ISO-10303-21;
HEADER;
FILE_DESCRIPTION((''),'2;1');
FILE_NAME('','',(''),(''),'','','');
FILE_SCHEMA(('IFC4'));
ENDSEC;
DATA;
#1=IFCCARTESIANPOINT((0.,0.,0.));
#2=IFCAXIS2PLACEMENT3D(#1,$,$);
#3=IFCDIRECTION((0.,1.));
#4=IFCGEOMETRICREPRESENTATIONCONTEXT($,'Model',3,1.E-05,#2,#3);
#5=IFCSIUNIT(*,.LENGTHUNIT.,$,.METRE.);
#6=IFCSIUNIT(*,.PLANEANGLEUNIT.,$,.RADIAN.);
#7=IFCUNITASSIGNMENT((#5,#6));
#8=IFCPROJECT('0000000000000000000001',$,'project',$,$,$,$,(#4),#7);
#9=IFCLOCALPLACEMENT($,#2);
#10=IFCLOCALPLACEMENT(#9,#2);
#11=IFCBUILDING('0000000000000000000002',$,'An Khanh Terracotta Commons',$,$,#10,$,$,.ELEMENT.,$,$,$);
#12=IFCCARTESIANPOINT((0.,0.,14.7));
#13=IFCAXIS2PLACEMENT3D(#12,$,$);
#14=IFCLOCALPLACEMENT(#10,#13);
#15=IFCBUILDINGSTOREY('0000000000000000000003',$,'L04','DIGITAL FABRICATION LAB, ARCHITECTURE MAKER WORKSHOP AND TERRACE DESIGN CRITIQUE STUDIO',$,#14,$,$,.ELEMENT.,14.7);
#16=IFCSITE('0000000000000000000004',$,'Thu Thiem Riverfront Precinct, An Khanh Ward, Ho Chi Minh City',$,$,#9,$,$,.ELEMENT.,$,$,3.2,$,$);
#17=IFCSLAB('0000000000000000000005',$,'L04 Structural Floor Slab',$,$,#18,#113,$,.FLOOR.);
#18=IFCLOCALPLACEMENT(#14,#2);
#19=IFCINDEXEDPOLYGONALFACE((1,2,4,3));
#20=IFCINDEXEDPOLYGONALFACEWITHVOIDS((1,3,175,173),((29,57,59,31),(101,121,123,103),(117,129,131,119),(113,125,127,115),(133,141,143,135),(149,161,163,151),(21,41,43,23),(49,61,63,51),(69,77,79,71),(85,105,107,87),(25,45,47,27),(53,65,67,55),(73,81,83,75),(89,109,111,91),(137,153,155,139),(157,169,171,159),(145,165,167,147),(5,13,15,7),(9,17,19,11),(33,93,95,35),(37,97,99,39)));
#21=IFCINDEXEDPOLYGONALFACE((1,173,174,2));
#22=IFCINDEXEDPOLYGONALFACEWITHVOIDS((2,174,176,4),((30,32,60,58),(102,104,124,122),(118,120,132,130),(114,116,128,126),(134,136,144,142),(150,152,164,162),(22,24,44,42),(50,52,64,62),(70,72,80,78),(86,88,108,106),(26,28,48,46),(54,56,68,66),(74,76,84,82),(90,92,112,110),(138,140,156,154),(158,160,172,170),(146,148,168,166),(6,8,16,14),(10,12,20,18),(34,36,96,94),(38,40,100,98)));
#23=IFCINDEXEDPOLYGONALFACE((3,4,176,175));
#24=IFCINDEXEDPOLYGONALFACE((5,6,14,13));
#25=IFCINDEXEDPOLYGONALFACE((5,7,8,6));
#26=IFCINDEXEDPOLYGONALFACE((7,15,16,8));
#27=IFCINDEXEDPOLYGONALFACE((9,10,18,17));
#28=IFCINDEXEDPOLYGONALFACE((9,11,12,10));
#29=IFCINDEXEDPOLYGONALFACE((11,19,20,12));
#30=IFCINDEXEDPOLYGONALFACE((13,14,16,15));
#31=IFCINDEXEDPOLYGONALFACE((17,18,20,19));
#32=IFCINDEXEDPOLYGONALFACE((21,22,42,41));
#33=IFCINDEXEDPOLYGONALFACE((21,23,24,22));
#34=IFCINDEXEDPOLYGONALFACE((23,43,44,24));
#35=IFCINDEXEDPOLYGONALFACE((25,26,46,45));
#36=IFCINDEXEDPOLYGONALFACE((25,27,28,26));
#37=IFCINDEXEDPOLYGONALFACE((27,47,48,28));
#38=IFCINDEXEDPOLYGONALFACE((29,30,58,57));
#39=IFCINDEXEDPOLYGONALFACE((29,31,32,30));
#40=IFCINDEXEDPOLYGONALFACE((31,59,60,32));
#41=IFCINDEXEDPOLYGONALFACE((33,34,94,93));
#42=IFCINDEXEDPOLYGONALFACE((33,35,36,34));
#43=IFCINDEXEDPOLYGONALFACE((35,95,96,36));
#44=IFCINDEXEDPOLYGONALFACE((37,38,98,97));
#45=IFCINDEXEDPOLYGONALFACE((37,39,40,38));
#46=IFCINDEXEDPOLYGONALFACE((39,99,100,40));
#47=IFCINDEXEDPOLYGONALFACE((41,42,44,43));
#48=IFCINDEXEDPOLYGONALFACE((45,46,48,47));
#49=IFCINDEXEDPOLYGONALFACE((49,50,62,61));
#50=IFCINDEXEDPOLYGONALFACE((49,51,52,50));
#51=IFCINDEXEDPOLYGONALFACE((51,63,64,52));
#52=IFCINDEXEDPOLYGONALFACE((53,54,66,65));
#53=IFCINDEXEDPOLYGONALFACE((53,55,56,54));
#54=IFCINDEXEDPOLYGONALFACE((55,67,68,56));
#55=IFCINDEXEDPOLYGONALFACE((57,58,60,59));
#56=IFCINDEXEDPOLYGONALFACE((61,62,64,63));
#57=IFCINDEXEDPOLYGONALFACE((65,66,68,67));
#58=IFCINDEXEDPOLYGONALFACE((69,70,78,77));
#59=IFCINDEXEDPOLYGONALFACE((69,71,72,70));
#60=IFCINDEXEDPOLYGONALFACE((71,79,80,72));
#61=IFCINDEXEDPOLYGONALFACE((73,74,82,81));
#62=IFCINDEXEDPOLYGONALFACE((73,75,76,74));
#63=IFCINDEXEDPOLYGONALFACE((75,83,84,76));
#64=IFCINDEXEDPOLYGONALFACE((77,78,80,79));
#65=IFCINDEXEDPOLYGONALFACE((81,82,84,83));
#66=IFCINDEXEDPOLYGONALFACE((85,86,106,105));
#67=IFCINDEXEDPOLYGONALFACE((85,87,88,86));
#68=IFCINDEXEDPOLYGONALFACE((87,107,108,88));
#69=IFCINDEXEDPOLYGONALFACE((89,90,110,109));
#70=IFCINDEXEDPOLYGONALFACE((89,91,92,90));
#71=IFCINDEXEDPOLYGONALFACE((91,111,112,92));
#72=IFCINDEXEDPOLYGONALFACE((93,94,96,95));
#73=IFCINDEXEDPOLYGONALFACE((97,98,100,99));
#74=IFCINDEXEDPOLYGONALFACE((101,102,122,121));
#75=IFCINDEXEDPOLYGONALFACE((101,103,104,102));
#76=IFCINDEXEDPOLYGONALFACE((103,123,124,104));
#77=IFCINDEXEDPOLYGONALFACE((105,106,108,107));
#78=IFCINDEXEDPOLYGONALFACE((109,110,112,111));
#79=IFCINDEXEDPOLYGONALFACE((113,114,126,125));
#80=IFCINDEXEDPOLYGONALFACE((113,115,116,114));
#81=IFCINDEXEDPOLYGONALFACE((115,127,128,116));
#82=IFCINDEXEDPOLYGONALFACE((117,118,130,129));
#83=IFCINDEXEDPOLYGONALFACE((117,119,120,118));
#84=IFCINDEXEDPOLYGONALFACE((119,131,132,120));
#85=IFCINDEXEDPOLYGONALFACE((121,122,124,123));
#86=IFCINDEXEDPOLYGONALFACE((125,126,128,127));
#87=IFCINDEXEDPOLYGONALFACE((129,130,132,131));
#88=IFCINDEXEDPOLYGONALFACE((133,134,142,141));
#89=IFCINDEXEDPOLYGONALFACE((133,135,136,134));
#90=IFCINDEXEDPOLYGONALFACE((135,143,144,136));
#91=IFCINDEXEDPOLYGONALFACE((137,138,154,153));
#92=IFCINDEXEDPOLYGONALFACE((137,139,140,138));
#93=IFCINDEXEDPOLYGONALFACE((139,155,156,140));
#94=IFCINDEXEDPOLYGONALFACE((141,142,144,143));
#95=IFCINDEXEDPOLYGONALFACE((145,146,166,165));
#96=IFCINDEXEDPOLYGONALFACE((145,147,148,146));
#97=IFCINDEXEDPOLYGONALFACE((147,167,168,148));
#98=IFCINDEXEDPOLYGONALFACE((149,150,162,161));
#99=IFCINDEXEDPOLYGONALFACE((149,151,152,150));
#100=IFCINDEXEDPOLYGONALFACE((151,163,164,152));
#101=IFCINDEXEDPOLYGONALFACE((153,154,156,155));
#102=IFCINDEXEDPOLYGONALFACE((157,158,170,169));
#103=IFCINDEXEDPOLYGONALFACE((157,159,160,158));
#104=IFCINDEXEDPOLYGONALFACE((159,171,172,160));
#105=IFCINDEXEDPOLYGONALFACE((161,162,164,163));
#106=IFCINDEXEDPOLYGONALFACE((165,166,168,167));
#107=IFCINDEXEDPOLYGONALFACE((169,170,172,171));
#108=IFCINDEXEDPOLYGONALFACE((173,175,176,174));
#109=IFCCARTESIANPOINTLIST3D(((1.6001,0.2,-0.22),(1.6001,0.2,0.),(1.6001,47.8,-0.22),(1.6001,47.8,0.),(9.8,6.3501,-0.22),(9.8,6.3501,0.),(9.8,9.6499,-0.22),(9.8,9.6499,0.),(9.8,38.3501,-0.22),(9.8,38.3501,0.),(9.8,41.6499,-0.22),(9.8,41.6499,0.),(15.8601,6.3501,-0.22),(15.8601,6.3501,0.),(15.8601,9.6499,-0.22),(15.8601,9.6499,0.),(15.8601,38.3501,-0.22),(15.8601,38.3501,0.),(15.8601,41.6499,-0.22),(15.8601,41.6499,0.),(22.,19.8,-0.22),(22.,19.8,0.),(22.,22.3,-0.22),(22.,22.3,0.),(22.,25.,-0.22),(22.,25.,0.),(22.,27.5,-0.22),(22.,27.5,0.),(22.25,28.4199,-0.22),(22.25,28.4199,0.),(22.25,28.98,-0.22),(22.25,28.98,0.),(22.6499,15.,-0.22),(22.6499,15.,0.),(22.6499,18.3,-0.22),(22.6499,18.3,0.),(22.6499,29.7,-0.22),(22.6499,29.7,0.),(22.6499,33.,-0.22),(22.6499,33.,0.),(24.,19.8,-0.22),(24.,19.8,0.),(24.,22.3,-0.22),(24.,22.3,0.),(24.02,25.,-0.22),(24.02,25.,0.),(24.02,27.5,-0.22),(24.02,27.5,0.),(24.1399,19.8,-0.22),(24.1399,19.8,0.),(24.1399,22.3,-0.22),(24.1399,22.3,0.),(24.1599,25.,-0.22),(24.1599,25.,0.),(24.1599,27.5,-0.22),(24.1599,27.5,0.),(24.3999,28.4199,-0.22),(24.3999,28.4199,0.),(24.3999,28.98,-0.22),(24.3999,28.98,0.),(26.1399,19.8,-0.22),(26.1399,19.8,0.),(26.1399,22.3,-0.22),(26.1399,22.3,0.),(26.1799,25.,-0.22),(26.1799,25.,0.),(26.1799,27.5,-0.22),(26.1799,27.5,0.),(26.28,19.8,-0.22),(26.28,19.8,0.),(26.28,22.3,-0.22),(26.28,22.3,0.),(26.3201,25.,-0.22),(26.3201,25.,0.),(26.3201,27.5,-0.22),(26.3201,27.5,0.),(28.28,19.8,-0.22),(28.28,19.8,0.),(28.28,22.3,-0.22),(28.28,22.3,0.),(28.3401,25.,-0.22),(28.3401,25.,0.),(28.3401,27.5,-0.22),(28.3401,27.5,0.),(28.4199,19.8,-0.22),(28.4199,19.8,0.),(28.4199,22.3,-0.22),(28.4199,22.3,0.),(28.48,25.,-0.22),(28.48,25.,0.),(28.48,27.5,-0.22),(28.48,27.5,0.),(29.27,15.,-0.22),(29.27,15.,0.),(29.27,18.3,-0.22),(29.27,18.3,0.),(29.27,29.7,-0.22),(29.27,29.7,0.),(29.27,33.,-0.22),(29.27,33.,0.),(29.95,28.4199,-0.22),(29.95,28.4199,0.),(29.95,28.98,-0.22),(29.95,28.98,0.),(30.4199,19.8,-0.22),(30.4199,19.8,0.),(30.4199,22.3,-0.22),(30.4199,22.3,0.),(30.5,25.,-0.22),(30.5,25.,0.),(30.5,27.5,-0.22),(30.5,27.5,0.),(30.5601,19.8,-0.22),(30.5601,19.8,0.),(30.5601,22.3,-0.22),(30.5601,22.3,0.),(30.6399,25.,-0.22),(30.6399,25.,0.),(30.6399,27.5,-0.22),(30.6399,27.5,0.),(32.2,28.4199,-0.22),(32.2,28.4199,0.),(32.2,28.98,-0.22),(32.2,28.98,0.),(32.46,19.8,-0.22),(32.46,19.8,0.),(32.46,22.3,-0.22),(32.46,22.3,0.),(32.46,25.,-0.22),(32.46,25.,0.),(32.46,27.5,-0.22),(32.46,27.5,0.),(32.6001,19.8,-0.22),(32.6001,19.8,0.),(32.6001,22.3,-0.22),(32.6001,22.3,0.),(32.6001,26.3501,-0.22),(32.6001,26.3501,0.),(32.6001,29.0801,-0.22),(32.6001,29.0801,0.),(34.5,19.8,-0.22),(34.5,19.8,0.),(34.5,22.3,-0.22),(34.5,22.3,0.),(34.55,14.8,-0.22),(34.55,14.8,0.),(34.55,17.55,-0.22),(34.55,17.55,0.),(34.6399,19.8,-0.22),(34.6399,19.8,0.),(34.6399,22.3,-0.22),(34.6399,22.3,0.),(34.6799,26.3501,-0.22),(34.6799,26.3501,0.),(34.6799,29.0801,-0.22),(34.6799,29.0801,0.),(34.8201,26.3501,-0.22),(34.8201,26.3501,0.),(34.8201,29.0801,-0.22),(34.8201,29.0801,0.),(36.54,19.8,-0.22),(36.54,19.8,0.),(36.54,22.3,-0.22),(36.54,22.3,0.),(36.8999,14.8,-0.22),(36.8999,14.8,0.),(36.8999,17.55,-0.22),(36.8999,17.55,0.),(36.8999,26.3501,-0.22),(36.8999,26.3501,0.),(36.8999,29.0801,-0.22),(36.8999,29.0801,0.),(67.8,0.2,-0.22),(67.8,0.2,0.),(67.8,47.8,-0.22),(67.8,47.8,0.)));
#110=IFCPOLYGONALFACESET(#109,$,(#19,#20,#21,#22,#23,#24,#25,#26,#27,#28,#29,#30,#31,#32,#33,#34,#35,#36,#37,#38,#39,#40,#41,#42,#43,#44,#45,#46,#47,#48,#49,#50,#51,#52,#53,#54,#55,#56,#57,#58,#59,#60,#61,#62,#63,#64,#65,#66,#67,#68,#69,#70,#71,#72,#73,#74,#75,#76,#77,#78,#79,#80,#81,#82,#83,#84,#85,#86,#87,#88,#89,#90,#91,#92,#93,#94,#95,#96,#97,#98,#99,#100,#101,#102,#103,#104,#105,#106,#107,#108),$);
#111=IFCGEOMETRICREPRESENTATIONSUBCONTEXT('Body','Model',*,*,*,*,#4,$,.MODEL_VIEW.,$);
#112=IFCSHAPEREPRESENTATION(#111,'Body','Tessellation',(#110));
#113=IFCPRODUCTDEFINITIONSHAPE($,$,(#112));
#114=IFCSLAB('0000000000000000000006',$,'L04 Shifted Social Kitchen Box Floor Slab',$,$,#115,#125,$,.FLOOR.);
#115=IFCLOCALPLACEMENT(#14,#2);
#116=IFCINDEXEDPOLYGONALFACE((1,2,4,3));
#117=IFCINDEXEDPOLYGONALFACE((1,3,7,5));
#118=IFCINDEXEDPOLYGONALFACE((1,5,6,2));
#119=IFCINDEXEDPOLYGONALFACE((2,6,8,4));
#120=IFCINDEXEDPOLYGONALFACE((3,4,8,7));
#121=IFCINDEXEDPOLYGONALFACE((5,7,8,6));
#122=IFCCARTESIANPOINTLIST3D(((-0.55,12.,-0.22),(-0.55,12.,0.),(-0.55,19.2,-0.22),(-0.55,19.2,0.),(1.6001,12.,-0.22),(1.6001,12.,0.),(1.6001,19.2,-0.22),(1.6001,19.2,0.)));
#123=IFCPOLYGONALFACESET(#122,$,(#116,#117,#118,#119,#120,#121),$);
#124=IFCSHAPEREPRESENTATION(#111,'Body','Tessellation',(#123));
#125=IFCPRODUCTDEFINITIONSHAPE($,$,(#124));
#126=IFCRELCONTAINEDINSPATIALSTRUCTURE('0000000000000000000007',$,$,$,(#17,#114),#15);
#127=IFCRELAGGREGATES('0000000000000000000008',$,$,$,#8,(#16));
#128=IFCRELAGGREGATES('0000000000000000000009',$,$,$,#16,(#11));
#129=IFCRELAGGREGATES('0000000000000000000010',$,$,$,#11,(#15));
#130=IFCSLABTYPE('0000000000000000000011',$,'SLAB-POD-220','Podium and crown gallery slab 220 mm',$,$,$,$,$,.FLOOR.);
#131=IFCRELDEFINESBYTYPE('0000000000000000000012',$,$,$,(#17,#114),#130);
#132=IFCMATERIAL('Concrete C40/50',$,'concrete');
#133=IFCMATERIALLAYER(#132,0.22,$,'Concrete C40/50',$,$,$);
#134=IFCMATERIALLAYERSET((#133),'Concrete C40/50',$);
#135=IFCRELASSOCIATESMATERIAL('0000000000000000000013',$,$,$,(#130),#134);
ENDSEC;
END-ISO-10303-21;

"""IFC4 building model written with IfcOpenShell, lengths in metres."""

from ifc_helpers import new_model, si_unit, direction, frame, origin, place, context, subcontext, project, spatial, polyline, outline, extrude, material, layer, layer_set, type_object, element, save


model = new_model("IFC4")

# Units and contexts
model_context = context("Model", 3, precision=1e-05, world=origin(), true_north=direction((0.0, 1.0)))
body_context = subcontext(model_context, "Body", "Model", "MODEL_VIEW")
ifc_project = project(units=[si_unit("LENGTHUNIT", "METRE"), si_unit("PLANEANGLEUNIT", "RADIAN")], contexts=[model_context])

# Site, building, storey
site_placement = place(None, origin())
site = spatial("IfcSite", under=ifc_project, at=site_placement, Name="Thu Thiem Riverfront Precinct, An Khanh Ward, Ho Chi Minh City", CompositionType="ELEMENT", RefElevation=3.2)
building_placement = place(site_placement, origin())
building = spatial("IfcBuilding", under=site, at=building_placement, Name="An Khanh Terracotta Commons", CompositionType="ELEMENT")
storey_placement = place(building_placement, frame((0.0, 0.0, 14.7)))
storey = spatial("IfcBuildingStorey", under=building, at=storey_placement, Name="L04", Description="DIGITAL FABRICATION LAB, ARCHITECTURE MAKER WORKSHOP AND TERRACE DESIGN CRITIQUE STUDIO", CompositionType="ELEMENT", Elevation=14.7)

# Shared definitions
ifc_material_1 = material(Name="Concrete C40/50", Category="concrete")

# Slabs
ifc_layer_1 = layer(ifc_material_1, 0.22, Name="Concrete C40/50")
ifc_layer_set_1 = layer_set([ifc_layer_1], Name="Concrete C40/50")
slab_type_1 = type_object("IfcSlabType", Name="SLAB-POD-220", Description="Podium and crown gallery slab 220 mm", PredefinedType="FLOOR", material=ifc_layer_set_1)
slab_1_placement = place(storey_placement, frame((0.0, 0.0, -0.22)))
element("IfcSlab", 1, at=slab_1_placement, inside=storey, type_object=slab_type_1, Name="L04 Structural Floor Slab", PredefinedType="FLOOR", context=body_context, shape_type="SweptSolid", body=[
    extrude(outline(polyline([(1.6001, 0.2), (67.8, 0.2), (67.8, 47.8), (1.6001, 47.8), (1.6001, 0.2)]), holes=[polyline([(22.6499, 29.7), (29.27, 29.7), (29.27, 33.0), (22.6499, 33.0), (22.6499, 29.7)]), polyline([(22.6499, 15.0), (29.27, 15.0), (29.27, 18.3), (22.6499, 18.3), (22.6499, 15.0)]), polyline([(9.8, 6.3501), (15.8601, 6.3501), (15.8601, 9.6499), (9.8, 9.6499), (9.8, 6.3501)]), polyline([(9.8, 38.3501), (15.8601, 38.3501), (15.8601, 41.6499), (9.8, 41.6499), (9.8, 38.3501)]), polyline([(32.6001, 26.3501), (34.6799, 26.3501), (34.6799, 29.0801), (32.6001, 29.0801), (32.6001, 26.3501)]), polyline([(34.8201, 26.3501), (36.8999, 26.3501), (36.8999, 29.0801), (34.8201, 29.0801), (34.8201, 26.3501)]), polyline([(34.55, 14.8), (36.8999, 14.8), (36.8999, 17.55), (34.55, 17.55), (34.55, 14.8)]), polyline([(22.0, 25.0), (24.02, 25.0), (24.02, 27.5), (22.0, 27.5), (22.0, 25.0)]), polyline([(24.1599, 25.0), (26.1799, 25.0), (26.1799, 27.5), (24.1599, 27.5), (24.1599, 25.0)]), polyline([(22.0, 19.8), (24.0, 19.8), (24.0, 22.3), (22.0, 22.3), (22.0, 19.8)]), polyline([(24.1399, 19.8), (26.1399, 19.8), (26.1399, 22.3), (24.1399, 22.3), (24.1399, 19.8)]), polyline([(26.3201, 25.0), (28.3401, 25.0), (28.3401, 27.5), (26.3201, 27.5), (26.3201, 25.0)]), polyline([(28.48, 25.0), (30.5, 25.0), (30.5, 27.5), (28.48, 27.5), (28.48, 25.0)]), polyline([(26.28, 19.8), (28.28, 19.8), (28.28, 22.3), (26.28, 22.3), (26.28, 19.8)]), polyline([(28.4199, 19.8), (30.4199, 19.8), (30.4199, 22.3), (28.4199, 22.3), (28.4199, 19.8)]), polyline([(30.6399, 25.0), (32.46, 25.0), (32.46, 27.5), (30.6399, 27.5), (30.6399, 25.0)]), polyline([(30.5601, 19.8), (32.46, 19.8), (32.46, 22.3), (30.5601, 22.3), (30.5601, 19.8)]), polyline([(32.6001, 19.8), (34.5, 19.8), (34.5, 22.3), (32.6001, 22.3), (32.6001, 19.8)]), polyline([(34.6399, 19.8), (36.54, 19.8), (36.54, 22.3), (34.6399, 22.3), (34.6399, 19.8)]), polyline([(22.25, 28.4199), (24.3999, 28.4199), (24.3999, 28.98), (22.25, 28.98), (22.25, 28.4199)]), polyline([(29.95, 28.4199), (32.2, 28.4199), (32.2, 28.98), (29.95, 28.98), (29.95, 28.4199)])]), origin(), (0.0, 0.0, 1.0), 0.22),
])
slab_2_placement = place(storey_placement, frame((0.0, 0.0, -0.22)))
element("IfcSlab", 2, at=slab_2_placement, inside=storey, type_object=slab_type_1, Name="L04 Shifted Social Kitchen Box Floor Slab", PredefinedType="FLOOR", context=body_context, shape_type="SweptSolid", body=[
    extrude(outline(polyline([(-0.55, 12.0), (1.6001, 12.0), (1.6001, 19.2), (-0.55, 19.2), (-0.55, 12.0)])), origin(), (0.0, 0.0, 1.0), 0.22),
])

save(model, "model.ifc")
